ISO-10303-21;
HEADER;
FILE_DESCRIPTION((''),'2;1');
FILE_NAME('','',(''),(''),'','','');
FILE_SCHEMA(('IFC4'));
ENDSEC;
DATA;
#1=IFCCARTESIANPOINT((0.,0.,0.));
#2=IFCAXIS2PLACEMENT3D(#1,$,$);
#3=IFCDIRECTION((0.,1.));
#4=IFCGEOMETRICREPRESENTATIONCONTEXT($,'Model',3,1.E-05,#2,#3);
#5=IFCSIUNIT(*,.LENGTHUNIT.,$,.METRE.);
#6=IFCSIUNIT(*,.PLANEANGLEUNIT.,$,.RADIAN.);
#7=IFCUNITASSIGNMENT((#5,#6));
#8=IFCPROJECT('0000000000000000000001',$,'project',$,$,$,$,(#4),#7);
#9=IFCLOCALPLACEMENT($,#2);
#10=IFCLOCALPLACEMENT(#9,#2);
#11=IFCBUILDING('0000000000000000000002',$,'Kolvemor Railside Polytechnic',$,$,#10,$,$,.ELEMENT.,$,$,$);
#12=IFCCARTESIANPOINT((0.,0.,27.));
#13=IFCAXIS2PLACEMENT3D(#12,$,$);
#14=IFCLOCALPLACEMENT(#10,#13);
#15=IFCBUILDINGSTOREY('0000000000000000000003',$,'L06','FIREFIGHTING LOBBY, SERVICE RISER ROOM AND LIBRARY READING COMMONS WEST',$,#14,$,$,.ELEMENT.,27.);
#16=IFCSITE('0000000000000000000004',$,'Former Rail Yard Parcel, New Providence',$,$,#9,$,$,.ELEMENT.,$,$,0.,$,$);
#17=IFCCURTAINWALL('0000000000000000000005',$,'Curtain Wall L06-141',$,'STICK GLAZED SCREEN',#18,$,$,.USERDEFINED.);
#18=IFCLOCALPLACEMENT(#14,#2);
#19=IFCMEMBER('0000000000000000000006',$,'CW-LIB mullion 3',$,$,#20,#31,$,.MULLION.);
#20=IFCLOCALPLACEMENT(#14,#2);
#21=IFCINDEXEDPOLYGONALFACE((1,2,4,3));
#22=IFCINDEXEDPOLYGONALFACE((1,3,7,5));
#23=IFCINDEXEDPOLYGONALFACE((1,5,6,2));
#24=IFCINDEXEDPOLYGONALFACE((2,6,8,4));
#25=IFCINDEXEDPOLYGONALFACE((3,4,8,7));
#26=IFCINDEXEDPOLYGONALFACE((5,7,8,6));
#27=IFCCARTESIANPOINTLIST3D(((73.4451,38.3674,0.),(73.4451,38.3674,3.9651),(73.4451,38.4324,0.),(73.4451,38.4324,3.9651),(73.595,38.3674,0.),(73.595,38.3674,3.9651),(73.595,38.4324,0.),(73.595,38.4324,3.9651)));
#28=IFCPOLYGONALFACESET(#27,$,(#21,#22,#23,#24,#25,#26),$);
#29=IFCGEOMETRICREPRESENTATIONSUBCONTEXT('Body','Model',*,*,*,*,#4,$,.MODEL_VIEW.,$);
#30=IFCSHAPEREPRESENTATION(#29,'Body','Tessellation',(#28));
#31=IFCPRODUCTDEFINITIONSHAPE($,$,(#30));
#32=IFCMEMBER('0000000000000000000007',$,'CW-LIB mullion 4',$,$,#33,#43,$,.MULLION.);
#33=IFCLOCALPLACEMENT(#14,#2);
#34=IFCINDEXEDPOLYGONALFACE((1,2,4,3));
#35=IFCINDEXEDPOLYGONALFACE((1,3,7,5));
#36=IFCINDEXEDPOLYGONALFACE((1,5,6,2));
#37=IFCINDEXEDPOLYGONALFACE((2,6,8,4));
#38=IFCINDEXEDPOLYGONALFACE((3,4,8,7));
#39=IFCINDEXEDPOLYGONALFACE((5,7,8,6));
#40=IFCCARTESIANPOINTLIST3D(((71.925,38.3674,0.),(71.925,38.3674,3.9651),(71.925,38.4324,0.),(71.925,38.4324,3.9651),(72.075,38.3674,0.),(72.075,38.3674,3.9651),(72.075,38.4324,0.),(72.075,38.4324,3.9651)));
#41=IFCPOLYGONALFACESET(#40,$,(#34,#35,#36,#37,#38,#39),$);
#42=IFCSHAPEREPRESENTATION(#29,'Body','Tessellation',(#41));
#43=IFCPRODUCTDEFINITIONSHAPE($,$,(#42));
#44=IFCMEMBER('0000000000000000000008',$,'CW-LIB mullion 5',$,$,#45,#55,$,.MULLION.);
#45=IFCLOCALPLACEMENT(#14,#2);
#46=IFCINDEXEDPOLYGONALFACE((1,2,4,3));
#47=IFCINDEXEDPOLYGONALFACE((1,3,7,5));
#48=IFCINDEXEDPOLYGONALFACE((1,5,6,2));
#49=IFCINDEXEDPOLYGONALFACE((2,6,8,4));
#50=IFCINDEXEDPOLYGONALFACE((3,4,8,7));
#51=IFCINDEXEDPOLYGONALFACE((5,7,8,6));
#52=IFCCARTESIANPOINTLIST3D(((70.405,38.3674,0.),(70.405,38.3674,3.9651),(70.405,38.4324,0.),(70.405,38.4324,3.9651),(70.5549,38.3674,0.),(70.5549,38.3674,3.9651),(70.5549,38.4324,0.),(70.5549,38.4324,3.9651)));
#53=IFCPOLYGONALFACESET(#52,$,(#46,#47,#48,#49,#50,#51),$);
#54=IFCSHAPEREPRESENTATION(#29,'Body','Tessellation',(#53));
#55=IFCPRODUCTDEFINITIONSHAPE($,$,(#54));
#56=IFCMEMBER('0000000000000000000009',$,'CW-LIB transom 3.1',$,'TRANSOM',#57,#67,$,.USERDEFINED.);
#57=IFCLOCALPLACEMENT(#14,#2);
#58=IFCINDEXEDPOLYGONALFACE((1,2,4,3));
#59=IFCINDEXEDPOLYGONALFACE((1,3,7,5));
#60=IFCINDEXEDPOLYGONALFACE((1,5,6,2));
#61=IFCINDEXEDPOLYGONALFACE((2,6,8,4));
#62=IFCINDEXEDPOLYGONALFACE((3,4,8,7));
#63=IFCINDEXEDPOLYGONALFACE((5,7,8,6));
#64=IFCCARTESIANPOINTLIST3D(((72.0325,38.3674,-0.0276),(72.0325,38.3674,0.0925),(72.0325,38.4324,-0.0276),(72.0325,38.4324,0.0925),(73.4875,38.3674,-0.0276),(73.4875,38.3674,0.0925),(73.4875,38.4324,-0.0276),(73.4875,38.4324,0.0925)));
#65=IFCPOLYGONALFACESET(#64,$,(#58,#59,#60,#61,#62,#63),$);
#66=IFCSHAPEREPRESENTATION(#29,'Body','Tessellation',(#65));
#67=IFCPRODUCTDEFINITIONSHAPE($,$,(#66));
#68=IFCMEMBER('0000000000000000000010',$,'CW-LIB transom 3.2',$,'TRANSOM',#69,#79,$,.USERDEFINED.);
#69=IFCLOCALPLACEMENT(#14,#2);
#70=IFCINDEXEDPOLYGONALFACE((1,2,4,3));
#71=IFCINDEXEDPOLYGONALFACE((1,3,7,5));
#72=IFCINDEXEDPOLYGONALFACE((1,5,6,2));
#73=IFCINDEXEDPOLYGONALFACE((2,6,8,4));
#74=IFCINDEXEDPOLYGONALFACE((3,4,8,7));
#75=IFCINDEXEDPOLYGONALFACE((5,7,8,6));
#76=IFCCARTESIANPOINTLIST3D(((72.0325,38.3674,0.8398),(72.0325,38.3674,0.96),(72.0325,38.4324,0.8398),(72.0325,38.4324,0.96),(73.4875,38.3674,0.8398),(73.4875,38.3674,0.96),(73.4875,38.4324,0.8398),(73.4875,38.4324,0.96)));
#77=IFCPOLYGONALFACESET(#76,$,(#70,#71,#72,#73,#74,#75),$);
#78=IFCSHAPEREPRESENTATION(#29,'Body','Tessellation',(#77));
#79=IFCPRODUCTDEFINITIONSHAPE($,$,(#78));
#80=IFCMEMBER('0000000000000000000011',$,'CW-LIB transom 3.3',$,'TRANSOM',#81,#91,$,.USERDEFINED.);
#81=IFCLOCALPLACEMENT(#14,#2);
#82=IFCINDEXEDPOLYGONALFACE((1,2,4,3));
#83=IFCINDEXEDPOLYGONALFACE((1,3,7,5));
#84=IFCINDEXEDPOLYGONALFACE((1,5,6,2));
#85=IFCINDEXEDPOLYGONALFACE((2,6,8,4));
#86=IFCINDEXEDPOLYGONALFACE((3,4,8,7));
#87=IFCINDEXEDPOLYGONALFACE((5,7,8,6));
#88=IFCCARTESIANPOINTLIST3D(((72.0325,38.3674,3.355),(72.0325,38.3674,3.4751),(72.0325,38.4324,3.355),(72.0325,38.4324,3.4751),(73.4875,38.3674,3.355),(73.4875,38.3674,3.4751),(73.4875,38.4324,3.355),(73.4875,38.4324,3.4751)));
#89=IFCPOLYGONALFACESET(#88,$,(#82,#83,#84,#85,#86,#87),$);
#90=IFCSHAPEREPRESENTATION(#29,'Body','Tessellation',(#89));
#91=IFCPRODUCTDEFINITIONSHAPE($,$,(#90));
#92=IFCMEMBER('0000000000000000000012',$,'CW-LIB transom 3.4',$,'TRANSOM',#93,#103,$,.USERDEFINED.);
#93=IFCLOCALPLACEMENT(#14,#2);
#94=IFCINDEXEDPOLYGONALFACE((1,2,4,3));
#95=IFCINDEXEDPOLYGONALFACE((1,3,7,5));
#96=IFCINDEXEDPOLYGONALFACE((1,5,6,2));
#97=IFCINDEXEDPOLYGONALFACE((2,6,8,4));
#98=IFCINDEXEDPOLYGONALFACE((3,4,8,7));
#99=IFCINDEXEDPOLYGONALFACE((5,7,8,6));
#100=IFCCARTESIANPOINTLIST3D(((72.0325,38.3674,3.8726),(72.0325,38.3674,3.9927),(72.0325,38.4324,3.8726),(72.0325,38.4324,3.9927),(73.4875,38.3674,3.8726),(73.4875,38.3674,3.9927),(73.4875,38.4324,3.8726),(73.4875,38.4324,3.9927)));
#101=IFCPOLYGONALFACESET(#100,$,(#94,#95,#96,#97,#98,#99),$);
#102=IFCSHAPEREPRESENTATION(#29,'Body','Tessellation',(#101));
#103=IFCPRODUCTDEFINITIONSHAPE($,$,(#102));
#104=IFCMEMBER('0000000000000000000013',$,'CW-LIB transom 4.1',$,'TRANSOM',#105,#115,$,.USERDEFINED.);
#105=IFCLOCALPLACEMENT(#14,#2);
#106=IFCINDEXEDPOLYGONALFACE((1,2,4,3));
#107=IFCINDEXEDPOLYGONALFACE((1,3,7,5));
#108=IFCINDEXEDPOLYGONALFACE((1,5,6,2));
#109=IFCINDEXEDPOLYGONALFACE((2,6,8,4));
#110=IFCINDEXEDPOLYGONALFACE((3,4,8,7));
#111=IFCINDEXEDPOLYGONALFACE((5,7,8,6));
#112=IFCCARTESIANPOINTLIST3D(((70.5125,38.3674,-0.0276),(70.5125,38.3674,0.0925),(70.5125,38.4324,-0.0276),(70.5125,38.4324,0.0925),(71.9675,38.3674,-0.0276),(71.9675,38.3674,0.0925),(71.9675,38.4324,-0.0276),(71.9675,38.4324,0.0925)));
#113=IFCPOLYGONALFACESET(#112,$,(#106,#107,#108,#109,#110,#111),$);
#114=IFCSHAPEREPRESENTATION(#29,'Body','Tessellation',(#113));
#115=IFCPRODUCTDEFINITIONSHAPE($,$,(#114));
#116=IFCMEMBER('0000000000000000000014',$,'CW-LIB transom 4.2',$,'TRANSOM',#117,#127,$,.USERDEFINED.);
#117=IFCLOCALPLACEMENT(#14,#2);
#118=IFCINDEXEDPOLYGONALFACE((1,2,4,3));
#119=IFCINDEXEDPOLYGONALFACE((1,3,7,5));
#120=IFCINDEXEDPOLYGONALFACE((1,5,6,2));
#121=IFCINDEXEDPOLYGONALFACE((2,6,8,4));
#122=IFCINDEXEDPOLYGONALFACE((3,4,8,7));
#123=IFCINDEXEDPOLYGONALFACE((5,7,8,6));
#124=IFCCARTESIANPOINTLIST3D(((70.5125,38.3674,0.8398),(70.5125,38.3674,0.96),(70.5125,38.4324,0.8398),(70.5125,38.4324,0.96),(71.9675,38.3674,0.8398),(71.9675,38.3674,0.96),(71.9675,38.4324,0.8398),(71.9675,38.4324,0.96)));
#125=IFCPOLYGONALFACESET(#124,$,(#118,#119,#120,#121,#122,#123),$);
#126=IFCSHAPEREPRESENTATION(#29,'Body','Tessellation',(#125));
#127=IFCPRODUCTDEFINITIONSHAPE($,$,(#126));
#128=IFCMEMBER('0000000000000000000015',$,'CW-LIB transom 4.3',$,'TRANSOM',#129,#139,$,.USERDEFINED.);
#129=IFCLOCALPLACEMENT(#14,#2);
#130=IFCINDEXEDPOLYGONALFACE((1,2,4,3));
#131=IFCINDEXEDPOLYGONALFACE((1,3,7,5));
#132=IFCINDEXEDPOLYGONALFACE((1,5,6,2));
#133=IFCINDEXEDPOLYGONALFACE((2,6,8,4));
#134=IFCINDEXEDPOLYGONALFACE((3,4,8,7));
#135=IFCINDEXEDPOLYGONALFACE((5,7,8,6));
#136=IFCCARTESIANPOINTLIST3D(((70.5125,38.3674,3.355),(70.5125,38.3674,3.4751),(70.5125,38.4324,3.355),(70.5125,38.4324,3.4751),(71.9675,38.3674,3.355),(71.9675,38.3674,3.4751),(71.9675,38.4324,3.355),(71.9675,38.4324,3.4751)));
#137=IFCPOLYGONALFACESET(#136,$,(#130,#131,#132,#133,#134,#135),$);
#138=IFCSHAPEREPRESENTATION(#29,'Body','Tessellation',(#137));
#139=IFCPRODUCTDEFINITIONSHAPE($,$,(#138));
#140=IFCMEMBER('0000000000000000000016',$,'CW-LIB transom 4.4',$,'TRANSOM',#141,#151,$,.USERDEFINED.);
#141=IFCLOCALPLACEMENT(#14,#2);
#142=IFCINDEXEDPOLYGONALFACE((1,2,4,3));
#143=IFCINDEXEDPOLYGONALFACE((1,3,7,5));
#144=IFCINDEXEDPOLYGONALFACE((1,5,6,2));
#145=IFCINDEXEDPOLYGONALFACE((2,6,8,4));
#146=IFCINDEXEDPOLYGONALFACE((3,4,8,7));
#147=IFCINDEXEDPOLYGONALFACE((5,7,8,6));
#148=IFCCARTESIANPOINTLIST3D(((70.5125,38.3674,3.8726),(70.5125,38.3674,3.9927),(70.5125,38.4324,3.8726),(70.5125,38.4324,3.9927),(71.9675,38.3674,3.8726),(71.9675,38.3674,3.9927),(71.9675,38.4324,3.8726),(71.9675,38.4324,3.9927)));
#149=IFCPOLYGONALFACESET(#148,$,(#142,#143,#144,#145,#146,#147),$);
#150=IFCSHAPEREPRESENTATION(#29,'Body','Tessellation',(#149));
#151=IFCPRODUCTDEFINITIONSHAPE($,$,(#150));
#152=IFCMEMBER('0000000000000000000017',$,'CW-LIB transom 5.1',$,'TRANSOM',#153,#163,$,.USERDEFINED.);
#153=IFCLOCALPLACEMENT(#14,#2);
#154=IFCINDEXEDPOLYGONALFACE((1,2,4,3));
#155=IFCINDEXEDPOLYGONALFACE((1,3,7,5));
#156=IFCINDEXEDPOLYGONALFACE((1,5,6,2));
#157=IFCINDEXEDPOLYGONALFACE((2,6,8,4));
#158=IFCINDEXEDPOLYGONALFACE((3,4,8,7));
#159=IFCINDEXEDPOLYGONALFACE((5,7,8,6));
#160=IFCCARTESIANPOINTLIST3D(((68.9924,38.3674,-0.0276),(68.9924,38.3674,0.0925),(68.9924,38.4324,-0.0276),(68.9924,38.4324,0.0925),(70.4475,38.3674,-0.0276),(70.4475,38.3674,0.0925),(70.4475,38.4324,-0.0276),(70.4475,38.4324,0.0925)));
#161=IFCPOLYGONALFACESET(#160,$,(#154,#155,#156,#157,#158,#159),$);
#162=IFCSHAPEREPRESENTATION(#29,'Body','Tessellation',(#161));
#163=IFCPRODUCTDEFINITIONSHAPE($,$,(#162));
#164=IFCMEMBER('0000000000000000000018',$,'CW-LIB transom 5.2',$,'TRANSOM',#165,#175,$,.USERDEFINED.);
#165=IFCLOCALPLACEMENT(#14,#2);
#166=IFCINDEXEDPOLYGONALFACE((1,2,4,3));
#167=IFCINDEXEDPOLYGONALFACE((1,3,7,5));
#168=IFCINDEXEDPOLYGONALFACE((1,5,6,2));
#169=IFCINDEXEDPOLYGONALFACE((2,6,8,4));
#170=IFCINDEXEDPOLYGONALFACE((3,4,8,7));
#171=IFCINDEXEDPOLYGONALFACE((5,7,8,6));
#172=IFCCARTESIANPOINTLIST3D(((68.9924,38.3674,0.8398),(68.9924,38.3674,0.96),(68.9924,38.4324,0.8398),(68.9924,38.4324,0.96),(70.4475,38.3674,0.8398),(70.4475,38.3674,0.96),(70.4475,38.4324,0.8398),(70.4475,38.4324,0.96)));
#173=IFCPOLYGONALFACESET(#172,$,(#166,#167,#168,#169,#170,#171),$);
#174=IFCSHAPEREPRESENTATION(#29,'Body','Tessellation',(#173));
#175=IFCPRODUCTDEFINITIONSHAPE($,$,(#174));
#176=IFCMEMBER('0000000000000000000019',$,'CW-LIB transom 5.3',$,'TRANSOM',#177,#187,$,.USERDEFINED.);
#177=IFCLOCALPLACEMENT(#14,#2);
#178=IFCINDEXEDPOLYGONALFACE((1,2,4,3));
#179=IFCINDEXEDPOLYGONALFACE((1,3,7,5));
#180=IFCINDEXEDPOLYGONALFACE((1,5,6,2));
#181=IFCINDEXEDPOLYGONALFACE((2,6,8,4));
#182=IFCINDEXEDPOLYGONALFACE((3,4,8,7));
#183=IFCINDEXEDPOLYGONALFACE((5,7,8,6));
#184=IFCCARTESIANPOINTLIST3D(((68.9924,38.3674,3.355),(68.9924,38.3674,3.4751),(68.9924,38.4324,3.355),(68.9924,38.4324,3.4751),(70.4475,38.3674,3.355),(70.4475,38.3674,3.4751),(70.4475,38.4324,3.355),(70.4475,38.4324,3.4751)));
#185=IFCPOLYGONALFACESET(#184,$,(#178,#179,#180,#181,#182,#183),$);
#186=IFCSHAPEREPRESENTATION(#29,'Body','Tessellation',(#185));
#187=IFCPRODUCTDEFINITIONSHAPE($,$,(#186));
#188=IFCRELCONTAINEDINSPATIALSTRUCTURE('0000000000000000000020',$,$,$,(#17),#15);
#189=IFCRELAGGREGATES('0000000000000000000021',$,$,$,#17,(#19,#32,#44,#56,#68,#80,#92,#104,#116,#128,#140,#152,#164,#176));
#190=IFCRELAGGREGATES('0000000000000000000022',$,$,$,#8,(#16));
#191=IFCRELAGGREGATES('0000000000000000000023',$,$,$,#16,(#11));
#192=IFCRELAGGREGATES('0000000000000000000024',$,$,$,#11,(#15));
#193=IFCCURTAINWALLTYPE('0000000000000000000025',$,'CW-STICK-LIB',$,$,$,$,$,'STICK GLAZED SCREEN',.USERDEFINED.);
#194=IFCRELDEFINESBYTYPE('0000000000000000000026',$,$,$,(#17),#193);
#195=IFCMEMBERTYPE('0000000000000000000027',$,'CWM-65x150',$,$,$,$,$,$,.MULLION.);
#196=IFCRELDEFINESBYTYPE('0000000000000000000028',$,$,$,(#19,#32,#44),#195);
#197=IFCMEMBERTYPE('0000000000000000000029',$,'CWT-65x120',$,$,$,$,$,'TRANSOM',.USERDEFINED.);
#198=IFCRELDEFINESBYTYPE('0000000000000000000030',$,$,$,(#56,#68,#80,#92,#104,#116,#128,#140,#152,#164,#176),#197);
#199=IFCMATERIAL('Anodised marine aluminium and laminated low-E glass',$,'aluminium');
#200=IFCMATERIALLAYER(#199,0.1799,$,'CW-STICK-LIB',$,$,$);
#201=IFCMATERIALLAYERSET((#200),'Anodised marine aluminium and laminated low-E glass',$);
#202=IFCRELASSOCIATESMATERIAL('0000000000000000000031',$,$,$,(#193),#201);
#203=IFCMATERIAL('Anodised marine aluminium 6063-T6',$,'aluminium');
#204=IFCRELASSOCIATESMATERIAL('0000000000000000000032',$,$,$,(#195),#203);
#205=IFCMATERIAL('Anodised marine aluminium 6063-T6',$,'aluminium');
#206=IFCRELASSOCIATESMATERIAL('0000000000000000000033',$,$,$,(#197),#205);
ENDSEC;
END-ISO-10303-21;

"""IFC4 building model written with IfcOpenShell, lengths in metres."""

from ifc_helpers import new_model, si_unit, direction, frame, origin, origin_2d, place, context, subcontext, project, spatial, rectangle, extrude, material, layer, layer_set, material_profile, profile_set, type_object, element, aggregate, save


model = new_model("IFC4")

# Units and contexts
model_context = context("Model", 3, precision=1e-05, world=origin(), true_north=direction((0.0, 1.0)))
body_context = subcontext(model_context, "Body", "Model", "MODEL_VIEW")
ifc_project = project(units=[si_unit("LENGTHUNIT", "METRE"), si_unit("PLANEANGLEUNIT", "RADIAN")], contexts=[model_context])

# Site, building, storey
site_placement = place(None, origin())
site = spatial("IfcSite", under=ifc_project, at=site_placement, Name="Former Rail Yard Parcel, New Providence", CompositionType="ELEMENT", RefElevation=0.0)
building_placement = place(site_placement, origin())
building = spatial("IfcBuilding", under=site, at=building_placement, Name="Kolvemor Railside Polytechnic", CompositionType="ELEMENT")
storey_placement = place(building_placement, frame((0.0, 0.0, 27.0)))
storey = spatial("IfcBuildingStorey", under=building, at=storey_placement, Name="L06", Description="FIREFIGHTING LOBBY, SERVICE RISER ROOM AND LIBRARY READING COMMONS WEST", CompositionType="ELEMENT", Elevation=27.0)

# Curtain wall, members
ifc_material_1 = material(Name="Anodised marine aluminium and laminated low-E glass", Category="aluminium")
ifc_layer_1 = layer(ifc_material_1, 0.1799, Name="CW-STICK-LIB")
ifc_layer_set_1 = layer_set([ifc_layer_1], Name="Anodised marine aluminium and laminated low-E glass")
curtain_wall_type = type_object("IfcCurtainWallType", Name="CW-STICK-LIB", ElementType="STICK GLAZED SCREEN", PredefinedType="USERDEFINED", material=ifc_layer_set_1)
curtain_wall_placement = place(storey_placement, origin())
curtain_wall = element("IfcCurtainWall", 1, at=curtain_wall_placement, inside=storey, type_object=curtain_wall_type, Name="Curtain Wall L06-141", ObjectType="STICK GLAZED SCREEN", PredefinedType="USERDEFINED")
ifc_material_2 = material(Name="Anodised marine aluminium 6063-T6", Category="aluminium")
ifc_material_profile_1 = material_profile(ifc_material_2, rectangle(XDim=0.0649, YDim=0.1499, at=origin_2d()), Name="CW-MUL-65x150")
ifc_profile_set_1 = profile_set([ifc_material_profile_1], Name="Anodised marine aluminium 6063-T6")
member_type_1 = type_object("IfcMemberType", Name="CWM-65x150", PredefinedType="MULLION", material=ifc_profile_set_1)
member_1_placement = place(storey_placement, frame((73.52, 38.3999, 0.0), z_axis=(0.0, 0.0, 1.0), x_axis=(0.0, -1.0, 0.0)))
member_1 = element("IfcMember", 2, at=member_1_placement, type_object=member_type_1, Name="CW-LIB mullion 3", PredefinedType="MULLION", context=body_context, shape_type="SweptSolid", body=[
    extrude(rectangle(XDim=0.0649, YDim=0.1499, at=origin_2d()), origin(), (0.0, 0.0, 1.0), 3.9651),
])
member_2_placement = place(storey_placement, frame((72.0, 38.3999, 0.0), z_axis=(0.0, 0.0, 1.0), x_axis=(0.0, -1.0, 0.0)))
member_2 = element("IfcMember", 3, at=member_2_placement, type_object=member_type_1, Name="CW-LIB mullion 4", PredefinedType="MULLION", context=body_context, shape_type="SweptSolid", body=[
    extrude(rectangle(XDim=0.0649, YDim=0.1499, at=origin_2d()), origin(), (0.0, 0.0, 1.0), 3.9651),
])
member_3_placement = place(storey_placement, frame((70.48, 38.3999, 0.0), z_axis=(0.0, 0.0, 1.0), x_axis=(0.0, -1.0, 0.0)))
member_3 = element("IfcMember", 4, at=member_3_placement, type_object=member_type_1, Name="CW-LIB mullion 5", PredefinedType="MULLION", context=body_context, shape_type="SweptSolid", body=[
    extrude(rectangle(XDim=0.0649, YDim=0.1499, at=origin_2d()), origin(), (0.0, 0.0, 1.0), 3.9651),
])
ifc_material_3 = material(Name="Anodised marine aluminium 6063-T6", Category="aluminium")
ifc_material_profile_2 = material_profile(ifc_material_3, rectangle(XDim=0.0649, YDim=0.1201, at=origin_2d()), Name="CW-TRN-65x120")
ifc_profile_set_2 = profile_set([ifc_material_profile_2], Name="Anodised marine aluminium 6063-T6")
member_type_2 = type_object("IfcMemberType", Name="CWT-65x120", ElementType="TRANSOM", PredefinedType="USERDEFINED", material=ifc_profile_set_2)
member_4_placement = place(storey_placement, frame((73.4875, 38.3999, 0.0325), z_axis=(-1.0, 0.0, 0.0), x_axis=(0.0, -1.0, 0.0)))
member_4 = element("IfcMember", 5, at=member_4_placement, type_object=member_type_2, Name="CW-LIB transom 3.1", ObjectType="TRANSOM", PredefinedType="USERDEFINED", context=body_context, shape_type="SweptSolid", body=[
    extrude(rectangle(XDim=0.0649, YDim=0.1201, at=origin_2d()), origin(), (0.0, 0.0, 1.0), 1.4551),
])
member_5_placement = place(storey_placement, frame((73.4875, 38.3999, 0.8999), z_axis=(-1.0, 0.0, 0.0), x_axis=(0.0, -1.0, 0.0)))
member_5 = element("IfcMember", 6, at=member_5_placement, type_object=member_type_2, Name="CW-LIB transom 3.2", ObjectType="TRANSOM", PredefinedType="USERDEFINED", context=body_context, shape_type="SweptSolid", body=[
    extrude(rectangle(XDim=0.0649, YDim=0.1201, at=origin_2d()), origin(), (0.0, 0.0, 1.0), 1.4551),
])
member_6_placement = place(storey_placement, frame((73.4875, 38.3999, 3.415), z_axis=(-1.0, 0.0, 0.0), x_axis=(0.0, -1.0, 0.0)))
member_6 = element("IfcMember", 7, at=member_6_placement, type_object=member_type_2, Name="CW-LIB transom 3.3", ObjectType="TRANSOM", PredefinedType="USERDEFINED", context=body_context, shape_type="SweptSolid", body=[
    extrude(rectangle(XDim=0.0649, YDim=0.1201, at=origin_2d()), origin(), (0.0, 0.0, 1.0), 1.4551),
])
member_7_placement = place(storey_placement, frame((73.4875, 38.3999, 3.9326), z_axis=(-1.0, 0.0, 0.0), x_axis=(0.0, -1.0, 0.0)))
member_7 = element("IfcMember", 8, at=member_7_placement, type_object=member_type_2, Name="CW-LIB transom 3.4", ObjectType="TRANSOM", PredefinedType="USERDEFINED", context=body_context, shape_type="SweptSolid", body=[
    extrude(rectangle(XDim=0.0649, YDim=0.1201, at=origin_2d()), origin(), (0.0, 0.0, 1.0), 1.4551),
])
member_8_placement = place(storey_placement, frame((71.9675, 38.3999, 0.0325), z_axis=(-1.0, 0.0, 0.0), x_axis=(0.0, -1.0, 0.0)))
member_8 = element("IfcMember", 9, at=member_8_placement, type_object=member_type_2, Name="CW-LIB transom 4.1", ObjectType="TRANSOM", PredefinedType="USERDEFINED", context=body_context, shape_type="SweptSolid", body=[
    extrude(rectangle(XDim=0.0649, YDim=0.1201, at=origin_2d()), origin(), (0.0, 0.0, 1.0), 1.4551),
])
member_9_placement = place(storey_placement, frame((71.9675, 38.3999, 0.8999), z_axis=(-1.0, 0.0, 0.0), x_axis=(0.0, -1.0, 0.0)))
member_9 = element("IfcMember", 10, at=member_9_placement, type_object=member_type_2, Name="CW-LIB transom 4.2", ObjectType="TRANSOM", PredefinedType="USERDEFINED", context=body_context, shape_type="SweptSolid", body=[
    extrude(rectangle(XDim=0.0649, YDim=0.1201, at=origin_2d()), origin(), (0.0, 0.0, 1.0), 1.4551),
])
member_10_placement = place(storey_placement, frame((71.9675, 38.3999, 3.415), z_axis=(-1.0, 0.0, 0.0), x_axis=(0.0, -1.0, 0.0)))
member_10 = element("IfcMember", 11, at=member_10_placement, type_object=member_type_2, Name="CW-LIB transom 4.3", ObjectType="TRANSOM", PredefinedType="USERDEFINED", context=body_context, shape_type="SweptSolid", body=[
    extrude(rectangle(XDim=0.0649, YDim=0.1201, at=origin_2d()), origin(), (0.0, 0.0, 1.0), 1.4551),
])
member_11_placement = place(storey_placement, frame((71.9675, 38.3999, 3.9326), z_axis=(-1.0, 0.0, 0.0), x_axis=(0.0, -1.0, 0.0)))
member_11 = element("IfcMember", 12, at=member_11_placement, type_object=member_type_2, Name="CW-LIB transom 4.4", ObjectType="TRANSOM", PredefinedType="USERDEFINED", context=body_context, shape_type="SweptSolid", body=[
    extrude(rectangle(XDim=0.0649, YDim=0.1201, at=origin_2d()), origin(), (0.0, 0.0, 1.0), 1.4551),
])
member_12_placement = place(storey_placement, frame((70.4475, 38.3999, 0.0325), z_axis=(-1.0, 0.0, 0.0), x_axis=(0.0, -1.0, 0.0)))
member_12 = element("IfcMember", 13, at=member_12_placement, type_object=member_type_2, Name="CW-LIB transom 5.1", ObjectType="TRANSOM", PredefinedType="USERDEFINED", context=body_context, shape_type="SweptSolid", body=[
    extrude(rectangle(XDim=0.0649, YDim=0.1201, at=origin_2d()), origin(), (0.0, 0.0, 1.0), 1.4551),
])
member_13_placement = place(storey_placement, frame((70.4475, 38.3999, 0.8999), z_axis=(-1.0, 0.0, 0.0), x_axis=(0.0, -1.0, 0.0)))
member_13 = element("IfcMember", 14, at=member_13_placement, type_object=member_type_2, Name="CW-LIB transom 5.2", ObjectType="TRANSOM", PredefinedType="USERDEFINED", context=body_context, shape_type="SweptSolid", body=[
    extrude(rectangle(XDim=0.0649, YDim=0.1201, at=origin_2d()), origin(), (0.0, 0.0, 1.0), 1.4551),
])
member_14_placement = place(storey_placement, frame((70.4475, 38.3999, 3.415), z_axis=(-1.0, 0.0, 0.0), x_axis=(0.0, -1.0, 0.0)))
member_14 = element("IfcMember", 15, at=member_14_placement, type_object=member_type_2, Name="CW-LIB transom 5.3", ObjectType="TRANSOM", PredefinedType="USERDEFINED", context=body_context, shape_type="SweptSolid", body=[
    extrude(rectangle(XDim=0.0649, YDim=0.1201, at=origin_2d()), origin(), (0.0, 0.0, 1.0), 1.4551),
])
aggregate(curtain_wall, [member_1, member_2, member_3, member_4, member_5, member_6, member_7, member_8, member_9, member_10, member_11, member_12, member_13, member_14])

save(model, "model.ifc")
